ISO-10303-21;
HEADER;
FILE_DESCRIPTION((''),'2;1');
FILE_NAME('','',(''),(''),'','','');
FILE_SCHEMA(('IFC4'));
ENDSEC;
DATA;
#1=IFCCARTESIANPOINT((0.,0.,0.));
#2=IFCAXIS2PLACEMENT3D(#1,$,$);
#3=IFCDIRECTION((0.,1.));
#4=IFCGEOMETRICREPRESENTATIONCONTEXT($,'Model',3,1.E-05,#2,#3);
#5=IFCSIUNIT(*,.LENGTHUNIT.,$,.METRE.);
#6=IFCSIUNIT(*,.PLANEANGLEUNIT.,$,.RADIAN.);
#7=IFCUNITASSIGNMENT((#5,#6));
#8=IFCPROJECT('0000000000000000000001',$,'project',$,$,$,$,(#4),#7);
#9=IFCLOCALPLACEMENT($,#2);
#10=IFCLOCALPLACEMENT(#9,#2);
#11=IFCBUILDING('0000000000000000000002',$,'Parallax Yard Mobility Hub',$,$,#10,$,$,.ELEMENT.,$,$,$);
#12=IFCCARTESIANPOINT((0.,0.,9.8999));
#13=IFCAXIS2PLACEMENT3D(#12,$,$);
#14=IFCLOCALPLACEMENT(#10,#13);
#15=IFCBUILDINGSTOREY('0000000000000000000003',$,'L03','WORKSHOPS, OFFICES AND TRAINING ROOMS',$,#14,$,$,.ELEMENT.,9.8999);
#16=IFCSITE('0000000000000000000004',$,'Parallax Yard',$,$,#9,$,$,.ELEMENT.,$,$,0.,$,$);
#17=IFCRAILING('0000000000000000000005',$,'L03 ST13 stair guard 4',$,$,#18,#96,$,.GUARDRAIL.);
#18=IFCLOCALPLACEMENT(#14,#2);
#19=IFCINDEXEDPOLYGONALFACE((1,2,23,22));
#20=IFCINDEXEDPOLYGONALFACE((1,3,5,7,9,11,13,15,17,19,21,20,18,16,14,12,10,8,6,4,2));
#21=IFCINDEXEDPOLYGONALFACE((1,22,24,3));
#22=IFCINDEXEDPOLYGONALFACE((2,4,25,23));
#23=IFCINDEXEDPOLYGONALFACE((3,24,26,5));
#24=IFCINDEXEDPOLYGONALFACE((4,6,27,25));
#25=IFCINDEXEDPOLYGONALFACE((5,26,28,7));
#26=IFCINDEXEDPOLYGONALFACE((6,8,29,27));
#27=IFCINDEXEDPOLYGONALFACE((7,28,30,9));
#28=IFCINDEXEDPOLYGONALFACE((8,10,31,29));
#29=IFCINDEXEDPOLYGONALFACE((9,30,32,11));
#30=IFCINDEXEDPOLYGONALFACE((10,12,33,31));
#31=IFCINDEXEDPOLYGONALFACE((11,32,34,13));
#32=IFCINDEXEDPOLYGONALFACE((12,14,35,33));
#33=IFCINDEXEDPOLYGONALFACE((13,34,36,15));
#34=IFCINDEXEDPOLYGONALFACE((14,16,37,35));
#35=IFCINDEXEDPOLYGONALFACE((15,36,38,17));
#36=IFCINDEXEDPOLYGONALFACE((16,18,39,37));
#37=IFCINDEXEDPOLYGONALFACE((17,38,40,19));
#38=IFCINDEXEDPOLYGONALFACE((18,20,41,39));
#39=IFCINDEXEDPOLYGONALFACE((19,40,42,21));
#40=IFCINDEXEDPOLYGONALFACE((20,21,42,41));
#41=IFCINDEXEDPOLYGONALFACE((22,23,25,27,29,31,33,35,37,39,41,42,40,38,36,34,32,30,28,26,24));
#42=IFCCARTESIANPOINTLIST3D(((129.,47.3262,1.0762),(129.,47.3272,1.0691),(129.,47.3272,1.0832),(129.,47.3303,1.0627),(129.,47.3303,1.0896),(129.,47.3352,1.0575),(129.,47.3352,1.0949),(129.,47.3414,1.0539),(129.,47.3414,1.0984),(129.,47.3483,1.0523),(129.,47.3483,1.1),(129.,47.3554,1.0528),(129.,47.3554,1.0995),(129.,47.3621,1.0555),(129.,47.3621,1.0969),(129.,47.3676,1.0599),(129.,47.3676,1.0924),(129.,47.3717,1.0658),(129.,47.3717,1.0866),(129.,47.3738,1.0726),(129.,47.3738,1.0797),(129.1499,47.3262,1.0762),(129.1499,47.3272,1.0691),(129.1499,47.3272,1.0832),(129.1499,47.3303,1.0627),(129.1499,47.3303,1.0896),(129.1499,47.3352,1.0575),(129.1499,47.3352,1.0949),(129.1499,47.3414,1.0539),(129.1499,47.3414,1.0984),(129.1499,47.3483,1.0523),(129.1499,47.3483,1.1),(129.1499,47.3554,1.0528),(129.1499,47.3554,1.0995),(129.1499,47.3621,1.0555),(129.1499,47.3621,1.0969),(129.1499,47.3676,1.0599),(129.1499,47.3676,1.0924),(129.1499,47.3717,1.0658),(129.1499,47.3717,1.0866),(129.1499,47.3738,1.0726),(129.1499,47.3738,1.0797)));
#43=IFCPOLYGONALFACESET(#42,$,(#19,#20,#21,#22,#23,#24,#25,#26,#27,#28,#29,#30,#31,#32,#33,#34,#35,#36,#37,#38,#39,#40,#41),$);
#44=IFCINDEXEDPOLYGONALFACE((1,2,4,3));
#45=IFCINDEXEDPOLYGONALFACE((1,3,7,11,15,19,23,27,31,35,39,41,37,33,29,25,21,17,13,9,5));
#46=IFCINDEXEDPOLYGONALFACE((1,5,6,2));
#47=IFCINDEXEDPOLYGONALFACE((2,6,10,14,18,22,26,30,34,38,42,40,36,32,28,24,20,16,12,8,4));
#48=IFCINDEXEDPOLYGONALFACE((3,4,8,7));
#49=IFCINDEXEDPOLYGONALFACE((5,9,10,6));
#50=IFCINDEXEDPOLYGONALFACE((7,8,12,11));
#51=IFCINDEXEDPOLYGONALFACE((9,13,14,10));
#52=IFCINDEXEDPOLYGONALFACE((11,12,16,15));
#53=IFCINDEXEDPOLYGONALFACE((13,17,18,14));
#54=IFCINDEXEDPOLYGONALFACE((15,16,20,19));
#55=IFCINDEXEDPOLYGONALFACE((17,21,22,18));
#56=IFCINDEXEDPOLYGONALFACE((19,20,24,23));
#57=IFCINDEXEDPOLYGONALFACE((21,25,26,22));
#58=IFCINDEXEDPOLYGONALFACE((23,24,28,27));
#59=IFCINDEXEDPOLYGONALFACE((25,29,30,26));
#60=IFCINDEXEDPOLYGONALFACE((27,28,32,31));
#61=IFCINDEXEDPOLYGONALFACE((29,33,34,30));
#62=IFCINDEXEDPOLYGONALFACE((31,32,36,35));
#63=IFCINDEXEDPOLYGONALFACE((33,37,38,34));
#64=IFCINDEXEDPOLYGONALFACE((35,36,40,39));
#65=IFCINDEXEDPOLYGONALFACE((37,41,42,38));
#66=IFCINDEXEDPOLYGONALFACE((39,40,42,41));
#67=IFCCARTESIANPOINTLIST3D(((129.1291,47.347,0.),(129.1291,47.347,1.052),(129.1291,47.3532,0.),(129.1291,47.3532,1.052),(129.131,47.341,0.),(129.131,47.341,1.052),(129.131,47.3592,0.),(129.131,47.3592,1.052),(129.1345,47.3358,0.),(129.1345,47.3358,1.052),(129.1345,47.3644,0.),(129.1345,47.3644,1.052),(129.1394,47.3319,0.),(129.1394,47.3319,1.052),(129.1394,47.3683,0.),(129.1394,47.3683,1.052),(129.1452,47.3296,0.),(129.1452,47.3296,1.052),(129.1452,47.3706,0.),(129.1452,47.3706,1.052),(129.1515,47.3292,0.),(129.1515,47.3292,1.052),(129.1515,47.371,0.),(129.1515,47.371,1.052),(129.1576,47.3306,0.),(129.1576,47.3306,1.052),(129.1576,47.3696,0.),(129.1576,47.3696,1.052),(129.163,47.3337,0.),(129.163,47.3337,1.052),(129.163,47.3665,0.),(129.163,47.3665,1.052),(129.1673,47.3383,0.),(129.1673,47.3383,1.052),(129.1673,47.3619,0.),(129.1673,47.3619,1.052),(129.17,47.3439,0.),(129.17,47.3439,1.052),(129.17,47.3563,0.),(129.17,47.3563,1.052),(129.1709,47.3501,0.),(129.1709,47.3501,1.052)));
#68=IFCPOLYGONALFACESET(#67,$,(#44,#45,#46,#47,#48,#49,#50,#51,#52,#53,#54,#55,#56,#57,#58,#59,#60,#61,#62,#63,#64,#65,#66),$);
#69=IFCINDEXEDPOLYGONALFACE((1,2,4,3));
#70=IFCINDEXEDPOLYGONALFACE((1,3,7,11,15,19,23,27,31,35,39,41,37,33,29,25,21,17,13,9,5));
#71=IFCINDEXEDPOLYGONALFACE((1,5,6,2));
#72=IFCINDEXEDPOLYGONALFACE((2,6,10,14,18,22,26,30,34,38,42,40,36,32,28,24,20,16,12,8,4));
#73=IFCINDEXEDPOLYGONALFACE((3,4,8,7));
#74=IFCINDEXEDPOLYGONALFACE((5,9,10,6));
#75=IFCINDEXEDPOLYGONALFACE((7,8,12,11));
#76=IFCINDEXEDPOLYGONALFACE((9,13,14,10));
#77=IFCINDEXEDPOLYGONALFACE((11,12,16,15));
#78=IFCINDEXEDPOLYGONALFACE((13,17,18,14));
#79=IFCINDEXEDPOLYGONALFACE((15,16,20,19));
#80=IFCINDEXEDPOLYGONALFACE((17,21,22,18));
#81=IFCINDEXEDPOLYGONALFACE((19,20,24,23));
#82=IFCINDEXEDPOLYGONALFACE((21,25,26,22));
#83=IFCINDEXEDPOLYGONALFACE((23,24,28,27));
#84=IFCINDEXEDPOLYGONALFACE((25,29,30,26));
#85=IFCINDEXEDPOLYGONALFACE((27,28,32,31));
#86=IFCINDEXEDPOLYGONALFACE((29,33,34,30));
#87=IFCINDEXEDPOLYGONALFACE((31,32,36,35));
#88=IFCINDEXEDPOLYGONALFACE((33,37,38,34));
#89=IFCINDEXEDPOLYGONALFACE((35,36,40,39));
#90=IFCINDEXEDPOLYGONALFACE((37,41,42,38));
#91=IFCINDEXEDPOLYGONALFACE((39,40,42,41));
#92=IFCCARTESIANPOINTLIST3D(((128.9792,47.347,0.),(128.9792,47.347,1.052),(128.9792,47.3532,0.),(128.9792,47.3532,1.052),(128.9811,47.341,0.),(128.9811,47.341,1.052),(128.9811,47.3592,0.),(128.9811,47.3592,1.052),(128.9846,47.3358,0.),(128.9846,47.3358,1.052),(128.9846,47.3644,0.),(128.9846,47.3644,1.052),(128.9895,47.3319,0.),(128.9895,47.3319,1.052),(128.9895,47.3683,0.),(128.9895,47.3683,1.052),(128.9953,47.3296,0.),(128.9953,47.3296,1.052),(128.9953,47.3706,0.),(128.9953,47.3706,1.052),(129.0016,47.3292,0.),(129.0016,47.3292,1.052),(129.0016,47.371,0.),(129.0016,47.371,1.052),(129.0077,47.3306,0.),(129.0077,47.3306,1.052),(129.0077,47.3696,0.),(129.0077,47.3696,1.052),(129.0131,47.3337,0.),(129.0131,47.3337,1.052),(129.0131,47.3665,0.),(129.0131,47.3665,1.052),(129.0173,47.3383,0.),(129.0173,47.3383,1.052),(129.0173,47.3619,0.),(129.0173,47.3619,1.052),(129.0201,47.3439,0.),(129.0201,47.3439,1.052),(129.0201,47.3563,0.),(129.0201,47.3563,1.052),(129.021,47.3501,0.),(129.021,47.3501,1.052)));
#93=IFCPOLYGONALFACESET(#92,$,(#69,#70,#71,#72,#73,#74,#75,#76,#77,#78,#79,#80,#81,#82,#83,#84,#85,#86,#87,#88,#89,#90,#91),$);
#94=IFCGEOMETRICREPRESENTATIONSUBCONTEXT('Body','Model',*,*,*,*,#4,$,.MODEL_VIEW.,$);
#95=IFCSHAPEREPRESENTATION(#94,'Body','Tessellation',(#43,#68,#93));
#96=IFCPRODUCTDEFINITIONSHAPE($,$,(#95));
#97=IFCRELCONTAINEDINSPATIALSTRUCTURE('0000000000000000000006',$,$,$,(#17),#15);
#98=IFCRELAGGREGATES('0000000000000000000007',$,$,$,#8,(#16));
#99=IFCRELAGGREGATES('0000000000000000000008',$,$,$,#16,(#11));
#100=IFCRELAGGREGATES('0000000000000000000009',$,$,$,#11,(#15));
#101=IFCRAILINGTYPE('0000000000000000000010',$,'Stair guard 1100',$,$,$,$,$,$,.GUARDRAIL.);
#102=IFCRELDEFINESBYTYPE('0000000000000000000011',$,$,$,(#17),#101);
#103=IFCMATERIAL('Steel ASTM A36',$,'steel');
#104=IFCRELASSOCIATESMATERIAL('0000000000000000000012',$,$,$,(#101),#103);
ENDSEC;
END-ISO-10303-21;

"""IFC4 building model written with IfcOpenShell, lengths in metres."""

from ifc_helpers import new_model, si_unit, direction, frame, origin, origin_2d, place, context, subcontext, project, spatial, circle, extrude, material, type_object, element, save


model = new_model("IFC4")

# Units and contexts
model_context = context("Model", 3, precision=1e-05, world=origin(), true_north=direction((0.0, 1.0)))
body_context = subcontext(model_context, "Body", "Model", "MODEL_VIEW")
ifc_project = project(units=[si_unit("LENGTHUNIT", "METRE"), si_unit("PLANEANGLEUNIT", "RADIAN")], contexts=[model_context])

# Site, building, storey
site_placement = place(None, origin())
site = spatial("IfcSite", under=ifc_project, at=site_placement, Name="Parallax Yard", CompositionType="ELEMENT", RefElevation=0.0)
building_placement = place(site_placement, origin())
building = spatial("IfcBuilding", under=site, at=building_placement, Name="Parallax Yard Mobility Hub", CompositionType="ELEMENT")
storey_placement = place(building_placement, frame((0.0, 0.0, 9.8999)))
storey = spatial("IfcBuildingStorey", under=building, at=storey_placement, Name="L03", Description="WORKSHOPS, OFFICES AND TRAINING ROOMS", CompositionType="ELEMENT", Elevation=9.8999)

# Railing
ifc_material_1 = material(Name="Steel ASTM A36", Category="steel")
railing_type = type_object("IfcRailingType", Name="Stair guard 1100", PredefinedType="GUARDRAIL", material=ifc_material_1)
railing_placement = place(storey_placement, frame((129.1499, 47.3501, 0.0)))
element("IfcRailing", 1, at=railing_placement, inside=storey, type_object=railing_type, Name="L03 ST13 stair guard 4", PredefinedType="GUARDRAIL", context=body_context, shape_type="SweptSolid", body=[
    extrude(circle(Radius=0.0239, at=origin_2d()), frame((0.0, 0.0, 1.0762), z_axis=(-1.0, 0.0, 0.0), x_axis=(0.0, -1.0, 0.0)), (0.0, 0.0, 1.0), 0.1499),
    extrude(circle(Radius=0.021, at=origin_2d()), origin(), (0.0, 0.0, 1.0), 1.052),
    extrude(circle(Radius=0.021, at=origin_2d()), frame((-0.1499, 0.0, 0.0)), (0.0, 0.0, 1.0), 1.052),
])

save(model, "model.ifc")
